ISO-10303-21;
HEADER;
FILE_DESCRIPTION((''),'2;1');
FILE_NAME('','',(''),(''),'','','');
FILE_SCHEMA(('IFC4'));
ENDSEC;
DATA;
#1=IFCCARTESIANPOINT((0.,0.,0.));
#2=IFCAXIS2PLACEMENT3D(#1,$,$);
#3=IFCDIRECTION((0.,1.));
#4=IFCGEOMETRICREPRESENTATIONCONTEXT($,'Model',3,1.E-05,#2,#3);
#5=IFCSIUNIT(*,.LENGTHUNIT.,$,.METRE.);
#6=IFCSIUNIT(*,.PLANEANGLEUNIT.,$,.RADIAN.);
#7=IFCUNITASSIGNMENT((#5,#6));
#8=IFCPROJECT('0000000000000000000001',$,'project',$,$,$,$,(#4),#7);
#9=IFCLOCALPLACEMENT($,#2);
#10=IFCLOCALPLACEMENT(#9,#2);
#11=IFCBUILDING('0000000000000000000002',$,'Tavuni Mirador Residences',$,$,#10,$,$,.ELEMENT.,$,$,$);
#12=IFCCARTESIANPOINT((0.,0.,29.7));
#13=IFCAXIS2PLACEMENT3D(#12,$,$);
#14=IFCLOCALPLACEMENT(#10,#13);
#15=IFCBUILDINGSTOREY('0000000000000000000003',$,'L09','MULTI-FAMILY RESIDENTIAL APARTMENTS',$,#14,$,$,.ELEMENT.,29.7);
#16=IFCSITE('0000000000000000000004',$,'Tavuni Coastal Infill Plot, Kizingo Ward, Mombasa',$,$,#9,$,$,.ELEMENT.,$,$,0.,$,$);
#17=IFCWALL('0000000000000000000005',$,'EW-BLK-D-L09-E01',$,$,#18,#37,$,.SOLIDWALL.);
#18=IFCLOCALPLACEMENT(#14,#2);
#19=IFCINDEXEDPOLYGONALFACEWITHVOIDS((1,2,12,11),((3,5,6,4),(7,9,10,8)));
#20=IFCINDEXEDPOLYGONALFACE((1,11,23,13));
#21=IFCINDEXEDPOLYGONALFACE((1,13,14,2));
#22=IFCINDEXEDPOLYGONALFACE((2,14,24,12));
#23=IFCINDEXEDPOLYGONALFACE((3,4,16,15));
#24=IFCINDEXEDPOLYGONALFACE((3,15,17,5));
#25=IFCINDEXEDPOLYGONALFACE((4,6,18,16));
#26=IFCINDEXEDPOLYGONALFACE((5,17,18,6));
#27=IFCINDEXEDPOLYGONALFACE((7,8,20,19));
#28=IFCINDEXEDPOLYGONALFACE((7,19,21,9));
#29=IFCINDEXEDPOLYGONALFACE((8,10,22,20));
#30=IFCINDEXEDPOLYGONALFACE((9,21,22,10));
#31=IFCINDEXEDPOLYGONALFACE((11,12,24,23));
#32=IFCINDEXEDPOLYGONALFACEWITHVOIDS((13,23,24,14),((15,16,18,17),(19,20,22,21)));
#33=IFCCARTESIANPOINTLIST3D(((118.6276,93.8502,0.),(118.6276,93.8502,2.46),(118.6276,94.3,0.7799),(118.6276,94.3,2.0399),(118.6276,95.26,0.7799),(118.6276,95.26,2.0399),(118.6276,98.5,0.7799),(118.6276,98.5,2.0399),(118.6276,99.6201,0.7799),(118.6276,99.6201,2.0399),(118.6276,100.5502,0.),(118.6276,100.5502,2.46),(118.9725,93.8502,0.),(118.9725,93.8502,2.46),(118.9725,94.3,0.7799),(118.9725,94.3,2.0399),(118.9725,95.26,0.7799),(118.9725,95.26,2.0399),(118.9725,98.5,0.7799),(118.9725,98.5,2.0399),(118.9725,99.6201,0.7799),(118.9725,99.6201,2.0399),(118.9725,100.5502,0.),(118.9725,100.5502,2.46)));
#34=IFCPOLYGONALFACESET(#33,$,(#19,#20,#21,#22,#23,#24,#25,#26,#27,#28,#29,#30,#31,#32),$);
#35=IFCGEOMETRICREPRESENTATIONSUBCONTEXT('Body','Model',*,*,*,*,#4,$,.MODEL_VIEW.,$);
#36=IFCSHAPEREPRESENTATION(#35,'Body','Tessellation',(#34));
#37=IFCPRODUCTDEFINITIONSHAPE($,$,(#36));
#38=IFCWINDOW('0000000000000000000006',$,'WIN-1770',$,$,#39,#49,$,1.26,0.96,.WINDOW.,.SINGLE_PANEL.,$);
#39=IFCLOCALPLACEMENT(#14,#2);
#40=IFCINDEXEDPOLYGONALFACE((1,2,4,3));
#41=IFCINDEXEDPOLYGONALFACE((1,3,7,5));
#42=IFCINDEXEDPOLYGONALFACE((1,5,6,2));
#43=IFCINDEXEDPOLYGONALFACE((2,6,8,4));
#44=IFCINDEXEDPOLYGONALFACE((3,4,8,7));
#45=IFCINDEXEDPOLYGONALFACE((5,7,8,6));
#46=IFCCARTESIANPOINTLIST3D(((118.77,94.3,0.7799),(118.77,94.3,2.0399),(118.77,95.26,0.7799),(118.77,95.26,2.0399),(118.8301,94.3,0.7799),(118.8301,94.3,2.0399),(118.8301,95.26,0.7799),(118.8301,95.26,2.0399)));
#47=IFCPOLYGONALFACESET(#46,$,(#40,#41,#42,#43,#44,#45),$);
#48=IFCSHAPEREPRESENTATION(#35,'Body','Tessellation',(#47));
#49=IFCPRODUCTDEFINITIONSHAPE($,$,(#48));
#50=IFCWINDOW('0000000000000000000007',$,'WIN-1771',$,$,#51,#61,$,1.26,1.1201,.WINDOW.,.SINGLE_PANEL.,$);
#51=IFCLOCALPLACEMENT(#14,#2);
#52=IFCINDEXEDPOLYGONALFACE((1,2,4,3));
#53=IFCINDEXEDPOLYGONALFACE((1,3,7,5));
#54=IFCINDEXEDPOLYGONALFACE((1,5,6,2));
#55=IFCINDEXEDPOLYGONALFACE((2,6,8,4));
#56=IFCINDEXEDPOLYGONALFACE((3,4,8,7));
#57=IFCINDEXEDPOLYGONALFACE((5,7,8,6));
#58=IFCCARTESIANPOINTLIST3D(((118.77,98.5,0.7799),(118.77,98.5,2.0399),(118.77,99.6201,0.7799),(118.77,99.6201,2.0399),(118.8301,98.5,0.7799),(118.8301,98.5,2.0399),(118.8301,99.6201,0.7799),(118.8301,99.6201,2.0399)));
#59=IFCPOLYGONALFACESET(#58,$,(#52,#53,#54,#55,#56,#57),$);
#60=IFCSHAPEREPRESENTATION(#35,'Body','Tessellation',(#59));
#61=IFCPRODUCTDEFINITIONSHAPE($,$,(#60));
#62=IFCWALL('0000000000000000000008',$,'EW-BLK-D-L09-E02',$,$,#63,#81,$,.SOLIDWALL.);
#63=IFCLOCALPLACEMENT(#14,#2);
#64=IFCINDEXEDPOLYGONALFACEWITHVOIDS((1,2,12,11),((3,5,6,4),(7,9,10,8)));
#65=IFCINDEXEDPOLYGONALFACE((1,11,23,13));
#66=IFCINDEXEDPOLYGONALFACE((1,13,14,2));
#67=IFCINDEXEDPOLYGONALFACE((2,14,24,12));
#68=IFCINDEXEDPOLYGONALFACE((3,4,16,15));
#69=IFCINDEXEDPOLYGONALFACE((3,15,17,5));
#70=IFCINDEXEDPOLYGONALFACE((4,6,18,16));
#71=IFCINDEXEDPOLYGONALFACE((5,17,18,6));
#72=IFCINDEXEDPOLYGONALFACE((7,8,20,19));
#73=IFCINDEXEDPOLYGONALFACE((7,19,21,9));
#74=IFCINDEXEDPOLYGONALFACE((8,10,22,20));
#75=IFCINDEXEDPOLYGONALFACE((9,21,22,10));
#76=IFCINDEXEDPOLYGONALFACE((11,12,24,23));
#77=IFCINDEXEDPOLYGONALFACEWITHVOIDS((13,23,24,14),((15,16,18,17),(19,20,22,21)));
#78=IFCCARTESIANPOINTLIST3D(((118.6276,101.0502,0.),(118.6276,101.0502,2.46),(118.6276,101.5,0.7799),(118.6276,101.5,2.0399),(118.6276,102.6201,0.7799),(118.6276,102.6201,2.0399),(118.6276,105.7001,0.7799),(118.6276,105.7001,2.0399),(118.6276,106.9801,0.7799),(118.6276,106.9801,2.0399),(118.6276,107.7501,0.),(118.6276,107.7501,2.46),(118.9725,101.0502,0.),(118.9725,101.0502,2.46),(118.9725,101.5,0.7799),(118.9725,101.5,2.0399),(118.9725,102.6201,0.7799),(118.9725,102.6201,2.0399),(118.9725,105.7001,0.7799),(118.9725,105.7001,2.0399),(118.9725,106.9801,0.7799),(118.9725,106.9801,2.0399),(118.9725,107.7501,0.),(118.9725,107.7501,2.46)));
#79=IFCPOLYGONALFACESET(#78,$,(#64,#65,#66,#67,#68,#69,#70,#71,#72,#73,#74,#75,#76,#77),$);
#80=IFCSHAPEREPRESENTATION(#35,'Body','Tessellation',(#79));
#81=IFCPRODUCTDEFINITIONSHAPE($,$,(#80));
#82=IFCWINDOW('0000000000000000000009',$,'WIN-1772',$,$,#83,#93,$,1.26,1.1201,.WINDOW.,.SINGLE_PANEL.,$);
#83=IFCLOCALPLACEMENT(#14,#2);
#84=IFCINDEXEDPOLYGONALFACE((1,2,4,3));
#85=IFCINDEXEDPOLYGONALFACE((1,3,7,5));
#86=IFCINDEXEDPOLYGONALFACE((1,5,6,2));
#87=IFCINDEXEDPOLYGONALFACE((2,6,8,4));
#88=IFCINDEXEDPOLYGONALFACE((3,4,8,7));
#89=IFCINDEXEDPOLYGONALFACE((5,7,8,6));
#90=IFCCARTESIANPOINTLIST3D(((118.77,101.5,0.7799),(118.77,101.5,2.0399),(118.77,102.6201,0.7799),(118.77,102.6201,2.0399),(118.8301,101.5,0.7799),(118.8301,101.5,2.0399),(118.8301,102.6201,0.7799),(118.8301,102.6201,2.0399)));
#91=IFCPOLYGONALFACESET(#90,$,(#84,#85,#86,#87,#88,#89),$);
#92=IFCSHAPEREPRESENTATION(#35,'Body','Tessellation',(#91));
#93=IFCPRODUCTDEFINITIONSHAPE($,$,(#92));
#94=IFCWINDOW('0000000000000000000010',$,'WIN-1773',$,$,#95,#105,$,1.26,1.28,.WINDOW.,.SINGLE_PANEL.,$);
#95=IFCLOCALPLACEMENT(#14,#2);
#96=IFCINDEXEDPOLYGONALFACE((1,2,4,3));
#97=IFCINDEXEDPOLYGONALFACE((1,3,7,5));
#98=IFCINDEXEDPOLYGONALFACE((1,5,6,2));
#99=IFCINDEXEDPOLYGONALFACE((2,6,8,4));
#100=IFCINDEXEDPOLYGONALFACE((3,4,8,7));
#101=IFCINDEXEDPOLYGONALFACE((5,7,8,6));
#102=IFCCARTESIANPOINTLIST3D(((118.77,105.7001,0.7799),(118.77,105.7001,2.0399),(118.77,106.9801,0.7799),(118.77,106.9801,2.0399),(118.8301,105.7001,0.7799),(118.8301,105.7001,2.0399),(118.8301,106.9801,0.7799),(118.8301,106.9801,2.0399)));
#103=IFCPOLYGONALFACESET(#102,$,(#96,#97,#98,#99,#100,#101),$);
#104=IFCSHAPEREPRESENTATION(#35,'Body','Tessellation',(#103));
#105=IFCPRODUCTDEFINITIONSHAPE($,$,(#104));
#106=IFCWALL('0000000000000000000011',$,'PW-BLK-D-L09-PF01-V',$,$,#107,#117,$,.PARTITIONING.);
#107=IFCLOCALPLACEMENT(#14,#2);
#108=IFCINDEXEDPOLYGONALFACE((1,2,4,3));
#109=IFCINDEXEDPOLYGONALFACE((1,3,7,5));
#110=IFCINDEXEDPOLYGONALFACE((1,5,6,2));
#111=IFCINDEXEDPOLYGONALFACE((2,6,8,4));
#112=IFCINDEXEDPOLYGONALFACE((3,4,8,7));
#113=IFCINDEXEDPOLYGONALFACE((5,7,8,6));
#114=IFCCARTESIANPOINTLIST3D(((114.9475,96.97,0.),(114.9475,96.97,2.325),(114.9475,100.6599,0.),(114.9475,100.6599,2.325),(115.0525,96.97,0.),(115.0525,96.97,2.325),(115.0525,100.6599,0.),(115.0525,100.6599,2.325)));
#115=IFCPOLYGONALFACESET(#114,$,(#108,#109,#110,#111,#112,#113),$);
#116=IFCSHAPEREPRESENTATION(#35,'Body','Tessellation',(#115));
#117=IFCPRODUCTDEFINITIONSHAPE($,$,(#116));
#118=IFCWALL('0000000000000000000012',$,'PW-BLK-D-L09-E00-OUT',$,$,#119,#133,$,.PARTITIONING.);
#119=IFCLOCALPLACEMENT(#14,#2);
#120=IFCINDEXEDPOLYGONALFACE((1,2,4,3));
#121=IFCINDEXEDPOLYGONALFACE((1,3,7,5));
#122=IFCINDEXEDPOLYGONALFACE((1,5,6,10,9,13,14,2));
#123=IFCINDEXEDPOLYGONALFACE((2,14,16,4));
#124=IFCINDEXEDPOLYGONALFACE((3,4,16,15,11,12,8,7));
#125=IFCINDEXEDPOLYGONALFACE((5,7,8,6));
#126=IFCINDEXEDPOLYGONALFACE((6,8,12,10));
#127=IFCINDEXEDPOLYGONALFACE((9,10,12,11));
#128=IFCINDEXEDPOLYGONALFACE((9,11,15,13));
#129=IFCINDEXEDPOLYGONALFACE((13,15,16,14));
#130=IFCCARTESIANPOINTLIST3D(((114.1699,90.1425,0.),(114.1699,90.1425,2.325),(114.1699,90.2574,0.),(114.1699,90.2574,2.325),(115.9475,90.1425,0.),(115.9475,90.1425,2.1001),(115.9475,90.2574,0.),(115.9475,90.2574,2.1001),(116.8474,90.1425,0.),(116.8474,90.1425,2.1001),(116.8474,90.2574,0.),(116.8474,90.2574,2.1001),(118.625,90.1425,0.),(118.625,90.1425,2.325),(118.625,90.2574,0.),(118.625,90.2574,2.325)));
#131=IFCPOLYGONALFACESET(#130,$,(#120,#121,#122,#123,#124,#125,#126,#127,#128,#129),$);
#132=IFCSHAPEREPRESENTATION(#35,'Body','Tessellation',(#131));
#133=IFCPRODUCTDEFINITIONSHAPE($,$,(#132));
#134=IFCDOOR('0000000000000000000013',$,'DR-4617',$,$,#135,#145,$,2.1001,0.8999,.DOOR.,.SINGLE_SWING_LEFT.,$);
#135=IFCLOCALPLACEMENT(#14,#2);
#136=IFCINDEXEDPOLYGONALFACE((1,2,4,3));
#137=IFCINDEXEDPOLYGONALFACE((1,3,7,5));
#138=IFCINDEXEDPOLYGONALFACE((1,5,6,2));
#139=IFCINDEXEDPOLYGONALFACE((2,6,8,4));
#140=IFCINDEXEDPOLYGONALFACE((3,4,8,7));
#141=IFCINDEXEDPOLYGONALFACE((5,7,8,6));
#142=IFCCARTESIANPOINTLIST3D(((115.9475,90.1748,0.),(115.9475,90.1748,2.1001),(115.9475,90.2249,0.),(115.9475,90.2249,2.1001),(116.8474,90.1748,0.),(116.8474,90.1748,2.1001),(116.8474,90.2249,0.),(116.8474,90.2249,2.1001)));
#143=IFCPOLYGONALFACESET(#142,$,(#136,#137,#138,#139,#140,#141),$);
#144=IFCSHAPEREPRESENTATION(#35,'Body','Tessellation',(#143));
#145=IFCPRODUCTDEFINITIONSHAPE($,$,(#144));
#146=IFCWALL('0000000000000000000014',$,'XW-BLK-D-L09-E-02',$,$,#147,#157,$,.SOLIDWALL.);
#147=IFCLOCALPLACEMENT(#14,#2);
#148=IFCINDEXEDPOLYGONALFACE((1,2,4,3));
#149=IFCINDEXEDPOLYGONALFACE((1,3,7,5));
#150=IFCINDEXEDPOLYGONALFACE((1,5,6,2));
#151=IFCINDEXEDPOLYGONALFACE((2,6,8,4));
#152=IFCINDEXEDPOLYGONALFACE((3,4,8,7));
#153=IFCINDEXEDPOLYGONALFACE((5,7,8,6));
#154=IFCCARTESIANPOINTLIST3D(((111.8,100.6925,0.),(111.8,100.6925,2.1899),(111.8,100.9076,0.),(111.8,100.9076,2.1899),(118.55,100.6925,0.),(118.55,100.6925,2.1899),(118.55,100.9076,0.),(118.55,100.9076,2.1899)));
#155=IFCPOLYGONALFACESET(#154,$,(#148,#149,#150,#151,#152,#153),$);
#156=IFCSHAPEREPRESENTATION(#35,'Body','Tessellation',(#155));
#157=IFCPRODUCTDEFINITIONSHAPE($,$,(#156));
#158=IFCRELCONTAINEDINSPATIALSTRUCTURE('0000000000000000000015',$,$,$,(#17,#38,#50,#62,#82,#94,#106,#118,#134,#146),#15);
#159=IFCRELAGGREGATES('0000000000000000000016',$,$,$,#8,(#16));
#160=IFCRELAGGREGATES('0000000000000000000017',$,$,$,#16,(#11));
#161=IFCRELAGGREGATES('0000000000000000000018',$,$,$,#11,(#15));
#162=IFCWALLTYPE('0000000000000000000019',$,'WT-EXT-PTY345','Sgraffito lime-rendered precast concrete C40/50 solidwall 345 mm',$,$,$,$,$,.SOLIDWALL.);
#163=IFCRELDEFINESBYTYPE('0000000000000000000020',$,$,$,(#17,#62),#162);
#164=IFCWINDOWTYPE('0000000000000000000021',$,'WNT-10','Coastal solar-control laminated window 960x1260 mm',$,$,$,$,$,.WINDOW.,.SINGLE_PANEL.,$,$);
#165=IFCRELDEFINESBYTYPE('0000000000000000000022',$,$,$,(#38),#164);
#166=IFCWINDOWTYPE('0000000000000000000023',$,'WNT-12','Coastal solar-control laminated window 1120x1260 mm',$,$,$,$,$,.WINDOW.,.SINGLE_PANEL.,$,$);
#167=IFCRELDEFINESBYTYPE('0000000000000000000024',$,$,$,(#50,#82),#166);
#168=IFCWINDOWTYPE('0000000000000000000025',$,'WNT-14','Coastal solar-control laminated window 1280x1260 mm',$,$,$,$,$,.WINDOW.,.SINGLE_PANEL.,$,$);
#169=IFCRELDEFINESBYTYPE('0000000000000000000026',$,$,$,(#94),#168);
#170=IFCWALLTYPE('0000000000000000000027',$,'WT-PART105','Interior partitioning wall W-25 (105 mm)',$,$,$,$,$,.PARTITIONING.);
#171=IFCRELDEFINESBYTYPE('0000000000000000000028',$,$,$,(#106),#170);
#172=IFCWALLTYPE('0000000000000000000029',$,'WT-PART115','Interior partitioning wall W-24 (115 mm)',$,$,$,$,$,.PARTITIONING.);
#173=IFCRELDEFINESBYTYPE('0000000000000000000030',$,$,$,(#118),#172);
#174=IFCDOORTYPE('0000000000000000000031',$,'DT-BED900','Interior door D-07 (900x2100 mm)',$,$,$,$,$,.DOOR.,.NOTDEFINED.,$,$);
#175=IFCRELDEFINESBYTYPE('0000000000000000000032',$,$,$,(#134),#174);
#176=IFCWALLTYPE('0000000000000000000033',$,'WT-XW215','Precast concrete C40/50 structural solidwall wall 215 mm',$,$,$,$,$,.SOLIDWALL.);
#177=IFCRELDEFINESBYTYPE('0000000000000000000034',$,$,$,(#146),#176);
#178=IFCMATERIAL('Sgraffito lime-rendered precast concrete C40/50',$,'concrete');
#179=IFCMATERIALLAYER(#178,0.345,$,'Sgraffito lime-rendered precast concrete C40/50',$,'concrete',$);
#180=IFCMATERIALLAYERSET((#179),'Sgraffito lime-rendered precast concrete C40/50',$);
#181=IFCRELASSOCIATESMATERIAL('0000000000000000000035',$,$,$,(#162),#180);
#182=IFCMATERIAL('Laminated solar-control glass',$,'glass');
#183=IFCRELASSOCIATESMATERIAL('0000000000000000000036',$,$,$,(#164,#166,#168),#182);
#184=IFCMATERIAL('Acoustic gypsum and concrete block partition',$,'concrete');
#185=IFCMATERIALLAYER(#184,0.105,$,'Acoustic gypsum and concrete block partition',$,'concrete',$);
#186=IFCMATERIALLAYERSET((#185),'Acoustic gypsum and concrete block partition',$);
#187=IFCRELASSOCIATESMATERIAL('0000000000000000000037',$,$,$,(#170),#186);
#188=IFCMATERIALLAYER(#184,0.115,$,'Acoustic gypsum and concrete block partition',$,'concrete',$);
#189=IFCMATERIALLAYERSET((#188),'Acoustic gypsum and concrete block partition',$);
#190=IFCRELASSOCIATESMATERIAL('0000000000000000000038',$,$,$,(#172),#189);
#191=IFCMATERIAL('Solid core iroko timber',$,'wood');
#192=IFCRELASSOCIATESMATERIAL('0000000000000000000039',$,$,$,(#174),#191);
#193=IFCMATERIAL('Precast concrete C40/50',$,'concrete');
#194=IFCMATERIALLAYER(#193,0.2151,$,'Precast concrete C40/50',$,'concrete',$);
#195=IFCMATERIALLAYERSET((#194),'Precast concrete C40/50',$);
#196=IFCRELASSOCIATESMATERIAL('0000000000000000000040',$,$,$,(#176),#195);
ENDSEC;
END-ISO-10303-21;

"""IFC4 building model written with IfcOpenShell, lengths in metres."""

from ifc_helpers import new_model, si_unit, direction, frame, frame_2d, origin, place, context, subcontext, project, spatial, rectangle, extrude, material, layer, layer_set, type_object, element, fill, save


model = new_model("IFC4")

# Units and contexts
model_context = context("Model", 3, precision=1e-05, world=origin(), true_north=direction((0.0, 1.0)))
body_context = subcontext(model_context, "Body", "Model", "MODEL_VIEW")
ifc_project = project(units=[si_unit("LENGTHUNIT", "METRE"), si_unit("PLANEANGLEUNIT", "RADIAN")], contexts=[model_context])

# Site, building, storey
site_placement = place(None, origin())
site = spatial("IfcSite", under=ifc_project, at=site_placement, Name="Tavuni Coastal Infill Plot, Kizingo Ward, Mombasa", CompositionType="ELEMENT", RefElevation=0.0)
building_placement = place(site_placement, origin())
building = spatial("IfcBuilding", under=site, at=building_placement, Name="Tavuni Mirador Residences", CompositionType="ELEMENT")
storey_placement = place(building_placement, frame((0.0, 0.0, 29.7)))
storey = spatial("IfcBuildingStorey", under=building, at=storey_placement, Name="L09", Description="MULTI-FAMILY RESIDENTIAL APARTMENTS", CompositionType="ELEMENT", Elevation=29.7)

# Shared definitions
ifc_material_1 = material(Name="Precast concrete C40/50", Category="concrete")

# Shared definitions
ifc_material_2 = material(Name="Laminated solar-control glass", Category="glass")

# Shared definitions
ifc_material_3 = material(Name="Sgraffito lime-rendered precast concrete C40/50", Category="concrete")

# Walls, openings, windows
ifc_layer_1 = layer(ifc_material_3, 0.345, Name="Sgraffito lime-rendered precast concrete C40/50", Category="concrete")
ifc_layer_set_1 = layer_set([ifc_layer_1], Name="Sgraffito lime-rendered precast concrete C40/50")
wall_type_1 = type_object("IfcWallType", Name="WT-EXT-PTY345", Description="Sgraffito lime-rendered precast concrete C40/50 solidwall 345 mm", PredefinedType="SOLIDWALL", material=ifc_layer_set_1)
wall_1_placement = place(storey_placement, frame((118.8, 93.8501, 0.0), z_axis=(0.0, 0.0, 1.0), x_axis=(0.0, 1.0, 0.0)))
wall_1 = element("IfcWall", 1, at=wall_1_placement, inside=storey, type_object=wall_type_1, Name="EW-BLK-D-L09-E01", PredefinedType="SOLIDWALL", context=body_context, shape_type="SweptSolid", body=[
    extrude(rectangle(XDim=6.7, YDim=0.345, at=frame_2d((3.3501, 0.0))), origin(), (0.0, 0.0, 1.0), 2.46),
])
opening_1_placement = place(wall_1_placement, frame((0.45, 0.0, 0.78)))
opening_1 = element("IfcOpeningElement", 2, at=opening_1_placement, cuts=wall_1, PredefinedType="OPENING", context=body_context, shape_type="SweptSolid", body=[
    extrude(rectangle(XDim=0.96, YDim=1.26, at=frame_2d((0.48, 0.6299))), frame((0.0, 0.1826, 0.0), z_axis=(0.0, -1.0, 0.0), x_axis=(1.0, 0.0, 0.0)), (0.0, 0.0, 1.0), 0.365),
])
opening_2_placement = place(wall_1_placement, frame((4.6499, 0.0, 0.78)))
opening_2 = element("IfcOpeningElement", 3, at=opening_2_placement, cuts=wall_1, PredefinedType="OPENING", context=body_context, shape_type="SweptSolid", body=[
    extrude(rectangle(XDim=1.1201, YDim=1.26, at=frame_2d((0.5601, 0.6299))), frame((0.0, 0.1826, 0.0), z_axis=(0.0, -1.0, 0.0), x_axis=(1.0, 0.0, 0.0)), (0.0, 0.0, 1.0), 0.365),
])
window_type_1 = type_object("IfcWindowType", Name="WNT-10", Description="Coastal solar-control laminated window 960x1260 mm", PartitioningType="SINGLE_PANEL", PredefinedType="WINDOW", material=ifc_material_2)
window_1_placement = place(opening_1_placement, origin())
window_1 = element("IfcWindow", 4, at=window_1_placement, inside=storey, type_object=window_type_1, Name="WIN-1770", OverallHeight=1.26, OverallWidth=0.96, PartitioningType="SINGLE_PANEL", PredefinedType="WINDOW", context=body_context, shape_type="SweptSolid", body=[
    extrude(rectangle(XDim=0.96, YDim=1.26, at=frame_2d((0.48, 0.6299))), frame((0.0, 0.03, 0.0), z_axis=(0.0, -1.0, 0.0), x_axis=(1.0, 0.0, 0.0)), (0.0, 0.0, 1.0), 0.0601),
])
fill(opening_1, window_1)
window_type_2 = type_object("IfcWindowType", Name="WNT-12", Description="Coastal solar-control laminated window 1120x1260 mm", PartitioningType="SINGLE_PANEL", PredefinedType="WINDOW", material=ifc_material_2)
window_2_placement = place(opening_2_placement, origin())
window_2 = element("IfcWindow", 5, at=window_2_placement, inside=storey, type_object=window_type_2, Name="WIN-1771", OverallHeight=1.26, OverallWidth=1.1201, PartitioningType="SINGLE_PANEL", PredefinedType="WINDOW", context=body_context, shape_type="SweptSolid", body=[
    extrude(rectangle(XDim=1.1201, YDim=1.26, at=frame_2d((0.5601, 0.6299))), frame((0.0, 0.03, 0.0), z_axis=(0.0, -1.0, 0.0), x_axis=(1.0, 0.0, 0.0)), (0.0, 0.0, 1.0), 0.0601),
])
fill(opening_2, window_2)
wall_2_placement = place(storey_placement, frame((118.8, 101.05, 0.0), z_axis=(0.0, 0.0, 1.0), x_axis=(0.0, 1.0, 0.0)))
wall_2 = element("IfcWall", 6, at=wall_2_placement, inside=storey, type_object=wall_type_1, Name="EW-BLK-D-L09-E02", PredefinedType="SOLIDWALL", context=body_context, shape_type="SweptSolid", body=[
    extrude(rectangle(XDim=6.7, YDim=0.345, at=frame_2d((3.3501, 0.0))), origin(), (0.0, 0.0, 1.0), 2.46),
])
opening_3_placement = place(wall_2_placement, frame((0.45, 0.0, 0.78)))
opening_3 = element("IfcOpeningElement", 7, at=opening_3_placement, cuts=wall_2, PredefinedType="OPENING", context=body_context, shape_type="SweptSolid", body=[
    extrude(rectangle(XDim=1.1201, YDim=1.26, at=frame_2d((0.5601, 0.6299))), frame((0.0, 0.1826, 0.0), z_axis=(0.0, -1.0, 0.0), x_axis=(1.0, 0.0, 0.0)), (0.0, 0.0, 1.0), 0.365),
])
opening_4_placement = place(wall_2_placement, frame((4.6499, 0.0, 0.78)))
opening_4 = element("IfcOpeningElement", 8, at=opening_4_placement, cuts=wall_2, PredefinedType="OPENING", context=body_context, shape_type="SweptSolid", body=[
    extrude(rectangle(XDim=1.28, YDim=1.26, at=frame_2d((0.6401, 0.6299))), frame((0.0, 0.1826, 0.0), z_axis=(0.0, -1.0, 0.0), x_axis=(1.0, 0.0, 0.0)), (0.0, 0.0, 1.0), 0.365),
])
window_3_placement = place(opening_3_placement, origin())
window_3 = element("IfcWindow", 9, at=window_3_placement, inside=storey, type_object=window_type_2, Name="WIN-1772", OverallHeight=1.26, OverallWidth=1.1201, PartitioningType="SINGLE_PANEL", PredefinedType="WINDOW", context=body_context, shape_type="SweptSolid", body=[
    extrude(rectangle(XDim=1.1201, YDim=1.26, at=frame_2d((0.5601, 0.6299))), frame((0.0, 0.03, 0.0), z_axis=(0.0, -1.0, 0.0), x_axis=(1.0, 0.0, 0.0)), (0.0, 0.0, 1.0), 0.0601),
])
fill(opening_3, window_3)
window_type_3 = type_object("IfcWindowType", Name="WNT-14", Description="Coastal solar-control laminated window 1280x1260 mm", PartitioningType="SINGLE_PANEL", PredefinedType="WINDOW", material=ifc_material_2)
window_4_placement = place(opening_4_placement, origin())
window_4 = element("IfcWindow", 10, at=window_4_placement, inside=storey, type_object=window_type_3, Name="WIN-1773", OverallHeight=1.26, OverallWidth=1.28, PartitioningType="SINGLE_PANEL", PredefinedType="WINDOW", context=body_context, shape_type="SweptSolid", body=[
    extrude(rectangle(XDim=1.28, YDim=1.26, at=frame_2d((0.6401, 0.6299))), frame((0.0, 0.03, 0.0), z_axis=(0.0, -1.0, 0.0), x_axis=(1.0, 0.0, 0.0)), (0.0, 0.0, 1.0), 0.0601),
])
fill(opening_4, window_4)

# Wall
ifc_material_4 = material(Name="Acoustic gypsum and concrete block partition", Category="concrete")
ifc_layer_2 = layer(ifc_material_4, 0.105, Name="Acoustic gypsum and concrete block partition", Category="concrete")
ifc_layer_set_2 = layer_set([ifc_layer_2], Name="Acoustic gypsum and concrete block partition")
wall_type_2 = type_object("IfcWallType", Name="WT-PART105", Description="Interior partitioning wall W-25 (105 mm)", PredefinedType="PARTITIONING", material=ifc_layer_set_2)
wall_3_placement = place(storey_placement, frame((115.0, 96.97, 0.0), z_axis=(0.0, 0.0, 1.0), x_axis=(0.0, 1.0, 0.0)))
element("IfcWall", 11, at=wall_3_placement, inside=storey, type_object=wall_type_2, Name="PW-BLK-D-L09-PF01-V", PredefinedType="PARTITIONING", context=body_context, shape_type="SweptSolid", body=[
    extrude(rectangle(XDim=3.6899, YDim=0.105, at=frame_2d((1.845, 0.0))), origin(), (0.0, 0.0, 1.0), 2.325),
])

# Wall, opening, door
ifc_layer_3 = layer(ifc_material_4, 0.115, Name="Acoustic gypsum and concrete block partition", Category="concrete")
ifc_layer_set_3 = layer_set([ifc_layer_3], Name="Acoustic gypsum and concrete block partition")
wall_type_3 = type_object("IfcWallType", Name="WT-PART115", Description="Interior partitioning wall W-24 (115 mm)", PredefinedType="PARTITIONING", material=ifc_layer_set_3)
wall_4_placement = place(storey_placement, frame((114.1699, 90.2, 0.0), z_axis=(0.0, 0.0, 1.0), x_axis=(1.0, 0.0, 0.0)))
wall_4 = element("IfcWall", 12, at=wall_4_placement, inside=storey, type_object=wall_type_3, Name="PW-BLK-D-L09-E00-OUT", PredefinedType="PARTITIONING", context=body_context, shape_type="SweptSolid", body=[
    extrude(rectangle(XDim=4.4551, YDim=0.115, at=frame_2d((2.2275, 0.0))), origin(), (0.0, 0.0, 1.0), 2.325),
])
opening_5_placement = place(wall_4_placement, frame((1.7776, 0.0, 0.0)))
opening_5 = element("IfcOpeningElement", 13, at=opening_5_placement, cuts=wall_4, PredefinedType="OPENING", context=body_context, shape_type="SweptSolid", body=[
    extrude(rectangle(XDim=0.8999, YDim=2.1001, at=frame_2d((0.45, 1.05))), frame((0.0, 0.0674, 0.0), z_axis=(0.0, -1.0, 0.0), x_axis=(1.0, 0.0, 0.0)), (0.0, 0.0, 1.0), 0.135),
])
ifc_material_5 = material(Name="Solid core iroko timber", Category="wood")
door_type_1 = type_object("IfcDoorType", Name="DT-BED900", Description="Interior door D-07 (900x2100 mm)", OperationType="NOTDEFINED", PredefinedType="DOOR", material=ifc_material_5)
door_1_placement = place(opening_5_placement, origin())
door_1 = element("IfcDoor", 14, at=door_1_placement, inside=storey, type_object=door_type_1, Name="DR-4617", OperationType="SINGLE_SWING_LEFT", OverallHeight=2.1001, OverallWidth=0.8999, PredefinedType="DOOR", context=body_context, shape_type="SweptSolid", body=[
    extrude(rectangle(XDim=0.8999, YDim=2.1001, at=frame_2d((0.45, 1.05))), frame((0.0, 0.0249, 0.0), z_axis=(0.0, -1.0, 0.0), x_axis=(1.0, 0.0, 0.0)), (0.0, 0.0, 1.0), 0.05),
])
fill(opening_5, door_1)
ifc_layer_4 = layer(ifc_material_1, 0.2151, Name="Precast concrete C40/50", Category="concrete")
ifc_layer_set_4 = layer_set([ifc_layer_4], Name="Precast concrete C40/50")
wall_type_4 = type_object("IfcWallType", Name="WT-XW215", Description="Precast concrete C40/50 structural solidwall wall 215 mm", PredefinedType="SOLIDWALL", material=ifc_layer_set_4)

# Wall
wall_5_placement = place(storey_placement, frame((111.8, 100.8, 0.0), z_axis=(0.0, 0.0, 1.0), x_axis=(1.0, 0.0, 0.0)))
element("IfcWall", 15, at=wall_5_placement, inside=storey, type_object=wall_type_4, Name="XW-BLK-D-L09-E-02", PredefinedType="SOLIDWALL", context=body_context, shape_type="SweptSolid", body=[
    extrude(rectangle(XDim=6.75, YDim=0.2151, at=frame_2d((3.375, 0.0))), origin(), (0.0, 0.0, 1.0), 2.1899),
])

save(model, "model.ifc")
